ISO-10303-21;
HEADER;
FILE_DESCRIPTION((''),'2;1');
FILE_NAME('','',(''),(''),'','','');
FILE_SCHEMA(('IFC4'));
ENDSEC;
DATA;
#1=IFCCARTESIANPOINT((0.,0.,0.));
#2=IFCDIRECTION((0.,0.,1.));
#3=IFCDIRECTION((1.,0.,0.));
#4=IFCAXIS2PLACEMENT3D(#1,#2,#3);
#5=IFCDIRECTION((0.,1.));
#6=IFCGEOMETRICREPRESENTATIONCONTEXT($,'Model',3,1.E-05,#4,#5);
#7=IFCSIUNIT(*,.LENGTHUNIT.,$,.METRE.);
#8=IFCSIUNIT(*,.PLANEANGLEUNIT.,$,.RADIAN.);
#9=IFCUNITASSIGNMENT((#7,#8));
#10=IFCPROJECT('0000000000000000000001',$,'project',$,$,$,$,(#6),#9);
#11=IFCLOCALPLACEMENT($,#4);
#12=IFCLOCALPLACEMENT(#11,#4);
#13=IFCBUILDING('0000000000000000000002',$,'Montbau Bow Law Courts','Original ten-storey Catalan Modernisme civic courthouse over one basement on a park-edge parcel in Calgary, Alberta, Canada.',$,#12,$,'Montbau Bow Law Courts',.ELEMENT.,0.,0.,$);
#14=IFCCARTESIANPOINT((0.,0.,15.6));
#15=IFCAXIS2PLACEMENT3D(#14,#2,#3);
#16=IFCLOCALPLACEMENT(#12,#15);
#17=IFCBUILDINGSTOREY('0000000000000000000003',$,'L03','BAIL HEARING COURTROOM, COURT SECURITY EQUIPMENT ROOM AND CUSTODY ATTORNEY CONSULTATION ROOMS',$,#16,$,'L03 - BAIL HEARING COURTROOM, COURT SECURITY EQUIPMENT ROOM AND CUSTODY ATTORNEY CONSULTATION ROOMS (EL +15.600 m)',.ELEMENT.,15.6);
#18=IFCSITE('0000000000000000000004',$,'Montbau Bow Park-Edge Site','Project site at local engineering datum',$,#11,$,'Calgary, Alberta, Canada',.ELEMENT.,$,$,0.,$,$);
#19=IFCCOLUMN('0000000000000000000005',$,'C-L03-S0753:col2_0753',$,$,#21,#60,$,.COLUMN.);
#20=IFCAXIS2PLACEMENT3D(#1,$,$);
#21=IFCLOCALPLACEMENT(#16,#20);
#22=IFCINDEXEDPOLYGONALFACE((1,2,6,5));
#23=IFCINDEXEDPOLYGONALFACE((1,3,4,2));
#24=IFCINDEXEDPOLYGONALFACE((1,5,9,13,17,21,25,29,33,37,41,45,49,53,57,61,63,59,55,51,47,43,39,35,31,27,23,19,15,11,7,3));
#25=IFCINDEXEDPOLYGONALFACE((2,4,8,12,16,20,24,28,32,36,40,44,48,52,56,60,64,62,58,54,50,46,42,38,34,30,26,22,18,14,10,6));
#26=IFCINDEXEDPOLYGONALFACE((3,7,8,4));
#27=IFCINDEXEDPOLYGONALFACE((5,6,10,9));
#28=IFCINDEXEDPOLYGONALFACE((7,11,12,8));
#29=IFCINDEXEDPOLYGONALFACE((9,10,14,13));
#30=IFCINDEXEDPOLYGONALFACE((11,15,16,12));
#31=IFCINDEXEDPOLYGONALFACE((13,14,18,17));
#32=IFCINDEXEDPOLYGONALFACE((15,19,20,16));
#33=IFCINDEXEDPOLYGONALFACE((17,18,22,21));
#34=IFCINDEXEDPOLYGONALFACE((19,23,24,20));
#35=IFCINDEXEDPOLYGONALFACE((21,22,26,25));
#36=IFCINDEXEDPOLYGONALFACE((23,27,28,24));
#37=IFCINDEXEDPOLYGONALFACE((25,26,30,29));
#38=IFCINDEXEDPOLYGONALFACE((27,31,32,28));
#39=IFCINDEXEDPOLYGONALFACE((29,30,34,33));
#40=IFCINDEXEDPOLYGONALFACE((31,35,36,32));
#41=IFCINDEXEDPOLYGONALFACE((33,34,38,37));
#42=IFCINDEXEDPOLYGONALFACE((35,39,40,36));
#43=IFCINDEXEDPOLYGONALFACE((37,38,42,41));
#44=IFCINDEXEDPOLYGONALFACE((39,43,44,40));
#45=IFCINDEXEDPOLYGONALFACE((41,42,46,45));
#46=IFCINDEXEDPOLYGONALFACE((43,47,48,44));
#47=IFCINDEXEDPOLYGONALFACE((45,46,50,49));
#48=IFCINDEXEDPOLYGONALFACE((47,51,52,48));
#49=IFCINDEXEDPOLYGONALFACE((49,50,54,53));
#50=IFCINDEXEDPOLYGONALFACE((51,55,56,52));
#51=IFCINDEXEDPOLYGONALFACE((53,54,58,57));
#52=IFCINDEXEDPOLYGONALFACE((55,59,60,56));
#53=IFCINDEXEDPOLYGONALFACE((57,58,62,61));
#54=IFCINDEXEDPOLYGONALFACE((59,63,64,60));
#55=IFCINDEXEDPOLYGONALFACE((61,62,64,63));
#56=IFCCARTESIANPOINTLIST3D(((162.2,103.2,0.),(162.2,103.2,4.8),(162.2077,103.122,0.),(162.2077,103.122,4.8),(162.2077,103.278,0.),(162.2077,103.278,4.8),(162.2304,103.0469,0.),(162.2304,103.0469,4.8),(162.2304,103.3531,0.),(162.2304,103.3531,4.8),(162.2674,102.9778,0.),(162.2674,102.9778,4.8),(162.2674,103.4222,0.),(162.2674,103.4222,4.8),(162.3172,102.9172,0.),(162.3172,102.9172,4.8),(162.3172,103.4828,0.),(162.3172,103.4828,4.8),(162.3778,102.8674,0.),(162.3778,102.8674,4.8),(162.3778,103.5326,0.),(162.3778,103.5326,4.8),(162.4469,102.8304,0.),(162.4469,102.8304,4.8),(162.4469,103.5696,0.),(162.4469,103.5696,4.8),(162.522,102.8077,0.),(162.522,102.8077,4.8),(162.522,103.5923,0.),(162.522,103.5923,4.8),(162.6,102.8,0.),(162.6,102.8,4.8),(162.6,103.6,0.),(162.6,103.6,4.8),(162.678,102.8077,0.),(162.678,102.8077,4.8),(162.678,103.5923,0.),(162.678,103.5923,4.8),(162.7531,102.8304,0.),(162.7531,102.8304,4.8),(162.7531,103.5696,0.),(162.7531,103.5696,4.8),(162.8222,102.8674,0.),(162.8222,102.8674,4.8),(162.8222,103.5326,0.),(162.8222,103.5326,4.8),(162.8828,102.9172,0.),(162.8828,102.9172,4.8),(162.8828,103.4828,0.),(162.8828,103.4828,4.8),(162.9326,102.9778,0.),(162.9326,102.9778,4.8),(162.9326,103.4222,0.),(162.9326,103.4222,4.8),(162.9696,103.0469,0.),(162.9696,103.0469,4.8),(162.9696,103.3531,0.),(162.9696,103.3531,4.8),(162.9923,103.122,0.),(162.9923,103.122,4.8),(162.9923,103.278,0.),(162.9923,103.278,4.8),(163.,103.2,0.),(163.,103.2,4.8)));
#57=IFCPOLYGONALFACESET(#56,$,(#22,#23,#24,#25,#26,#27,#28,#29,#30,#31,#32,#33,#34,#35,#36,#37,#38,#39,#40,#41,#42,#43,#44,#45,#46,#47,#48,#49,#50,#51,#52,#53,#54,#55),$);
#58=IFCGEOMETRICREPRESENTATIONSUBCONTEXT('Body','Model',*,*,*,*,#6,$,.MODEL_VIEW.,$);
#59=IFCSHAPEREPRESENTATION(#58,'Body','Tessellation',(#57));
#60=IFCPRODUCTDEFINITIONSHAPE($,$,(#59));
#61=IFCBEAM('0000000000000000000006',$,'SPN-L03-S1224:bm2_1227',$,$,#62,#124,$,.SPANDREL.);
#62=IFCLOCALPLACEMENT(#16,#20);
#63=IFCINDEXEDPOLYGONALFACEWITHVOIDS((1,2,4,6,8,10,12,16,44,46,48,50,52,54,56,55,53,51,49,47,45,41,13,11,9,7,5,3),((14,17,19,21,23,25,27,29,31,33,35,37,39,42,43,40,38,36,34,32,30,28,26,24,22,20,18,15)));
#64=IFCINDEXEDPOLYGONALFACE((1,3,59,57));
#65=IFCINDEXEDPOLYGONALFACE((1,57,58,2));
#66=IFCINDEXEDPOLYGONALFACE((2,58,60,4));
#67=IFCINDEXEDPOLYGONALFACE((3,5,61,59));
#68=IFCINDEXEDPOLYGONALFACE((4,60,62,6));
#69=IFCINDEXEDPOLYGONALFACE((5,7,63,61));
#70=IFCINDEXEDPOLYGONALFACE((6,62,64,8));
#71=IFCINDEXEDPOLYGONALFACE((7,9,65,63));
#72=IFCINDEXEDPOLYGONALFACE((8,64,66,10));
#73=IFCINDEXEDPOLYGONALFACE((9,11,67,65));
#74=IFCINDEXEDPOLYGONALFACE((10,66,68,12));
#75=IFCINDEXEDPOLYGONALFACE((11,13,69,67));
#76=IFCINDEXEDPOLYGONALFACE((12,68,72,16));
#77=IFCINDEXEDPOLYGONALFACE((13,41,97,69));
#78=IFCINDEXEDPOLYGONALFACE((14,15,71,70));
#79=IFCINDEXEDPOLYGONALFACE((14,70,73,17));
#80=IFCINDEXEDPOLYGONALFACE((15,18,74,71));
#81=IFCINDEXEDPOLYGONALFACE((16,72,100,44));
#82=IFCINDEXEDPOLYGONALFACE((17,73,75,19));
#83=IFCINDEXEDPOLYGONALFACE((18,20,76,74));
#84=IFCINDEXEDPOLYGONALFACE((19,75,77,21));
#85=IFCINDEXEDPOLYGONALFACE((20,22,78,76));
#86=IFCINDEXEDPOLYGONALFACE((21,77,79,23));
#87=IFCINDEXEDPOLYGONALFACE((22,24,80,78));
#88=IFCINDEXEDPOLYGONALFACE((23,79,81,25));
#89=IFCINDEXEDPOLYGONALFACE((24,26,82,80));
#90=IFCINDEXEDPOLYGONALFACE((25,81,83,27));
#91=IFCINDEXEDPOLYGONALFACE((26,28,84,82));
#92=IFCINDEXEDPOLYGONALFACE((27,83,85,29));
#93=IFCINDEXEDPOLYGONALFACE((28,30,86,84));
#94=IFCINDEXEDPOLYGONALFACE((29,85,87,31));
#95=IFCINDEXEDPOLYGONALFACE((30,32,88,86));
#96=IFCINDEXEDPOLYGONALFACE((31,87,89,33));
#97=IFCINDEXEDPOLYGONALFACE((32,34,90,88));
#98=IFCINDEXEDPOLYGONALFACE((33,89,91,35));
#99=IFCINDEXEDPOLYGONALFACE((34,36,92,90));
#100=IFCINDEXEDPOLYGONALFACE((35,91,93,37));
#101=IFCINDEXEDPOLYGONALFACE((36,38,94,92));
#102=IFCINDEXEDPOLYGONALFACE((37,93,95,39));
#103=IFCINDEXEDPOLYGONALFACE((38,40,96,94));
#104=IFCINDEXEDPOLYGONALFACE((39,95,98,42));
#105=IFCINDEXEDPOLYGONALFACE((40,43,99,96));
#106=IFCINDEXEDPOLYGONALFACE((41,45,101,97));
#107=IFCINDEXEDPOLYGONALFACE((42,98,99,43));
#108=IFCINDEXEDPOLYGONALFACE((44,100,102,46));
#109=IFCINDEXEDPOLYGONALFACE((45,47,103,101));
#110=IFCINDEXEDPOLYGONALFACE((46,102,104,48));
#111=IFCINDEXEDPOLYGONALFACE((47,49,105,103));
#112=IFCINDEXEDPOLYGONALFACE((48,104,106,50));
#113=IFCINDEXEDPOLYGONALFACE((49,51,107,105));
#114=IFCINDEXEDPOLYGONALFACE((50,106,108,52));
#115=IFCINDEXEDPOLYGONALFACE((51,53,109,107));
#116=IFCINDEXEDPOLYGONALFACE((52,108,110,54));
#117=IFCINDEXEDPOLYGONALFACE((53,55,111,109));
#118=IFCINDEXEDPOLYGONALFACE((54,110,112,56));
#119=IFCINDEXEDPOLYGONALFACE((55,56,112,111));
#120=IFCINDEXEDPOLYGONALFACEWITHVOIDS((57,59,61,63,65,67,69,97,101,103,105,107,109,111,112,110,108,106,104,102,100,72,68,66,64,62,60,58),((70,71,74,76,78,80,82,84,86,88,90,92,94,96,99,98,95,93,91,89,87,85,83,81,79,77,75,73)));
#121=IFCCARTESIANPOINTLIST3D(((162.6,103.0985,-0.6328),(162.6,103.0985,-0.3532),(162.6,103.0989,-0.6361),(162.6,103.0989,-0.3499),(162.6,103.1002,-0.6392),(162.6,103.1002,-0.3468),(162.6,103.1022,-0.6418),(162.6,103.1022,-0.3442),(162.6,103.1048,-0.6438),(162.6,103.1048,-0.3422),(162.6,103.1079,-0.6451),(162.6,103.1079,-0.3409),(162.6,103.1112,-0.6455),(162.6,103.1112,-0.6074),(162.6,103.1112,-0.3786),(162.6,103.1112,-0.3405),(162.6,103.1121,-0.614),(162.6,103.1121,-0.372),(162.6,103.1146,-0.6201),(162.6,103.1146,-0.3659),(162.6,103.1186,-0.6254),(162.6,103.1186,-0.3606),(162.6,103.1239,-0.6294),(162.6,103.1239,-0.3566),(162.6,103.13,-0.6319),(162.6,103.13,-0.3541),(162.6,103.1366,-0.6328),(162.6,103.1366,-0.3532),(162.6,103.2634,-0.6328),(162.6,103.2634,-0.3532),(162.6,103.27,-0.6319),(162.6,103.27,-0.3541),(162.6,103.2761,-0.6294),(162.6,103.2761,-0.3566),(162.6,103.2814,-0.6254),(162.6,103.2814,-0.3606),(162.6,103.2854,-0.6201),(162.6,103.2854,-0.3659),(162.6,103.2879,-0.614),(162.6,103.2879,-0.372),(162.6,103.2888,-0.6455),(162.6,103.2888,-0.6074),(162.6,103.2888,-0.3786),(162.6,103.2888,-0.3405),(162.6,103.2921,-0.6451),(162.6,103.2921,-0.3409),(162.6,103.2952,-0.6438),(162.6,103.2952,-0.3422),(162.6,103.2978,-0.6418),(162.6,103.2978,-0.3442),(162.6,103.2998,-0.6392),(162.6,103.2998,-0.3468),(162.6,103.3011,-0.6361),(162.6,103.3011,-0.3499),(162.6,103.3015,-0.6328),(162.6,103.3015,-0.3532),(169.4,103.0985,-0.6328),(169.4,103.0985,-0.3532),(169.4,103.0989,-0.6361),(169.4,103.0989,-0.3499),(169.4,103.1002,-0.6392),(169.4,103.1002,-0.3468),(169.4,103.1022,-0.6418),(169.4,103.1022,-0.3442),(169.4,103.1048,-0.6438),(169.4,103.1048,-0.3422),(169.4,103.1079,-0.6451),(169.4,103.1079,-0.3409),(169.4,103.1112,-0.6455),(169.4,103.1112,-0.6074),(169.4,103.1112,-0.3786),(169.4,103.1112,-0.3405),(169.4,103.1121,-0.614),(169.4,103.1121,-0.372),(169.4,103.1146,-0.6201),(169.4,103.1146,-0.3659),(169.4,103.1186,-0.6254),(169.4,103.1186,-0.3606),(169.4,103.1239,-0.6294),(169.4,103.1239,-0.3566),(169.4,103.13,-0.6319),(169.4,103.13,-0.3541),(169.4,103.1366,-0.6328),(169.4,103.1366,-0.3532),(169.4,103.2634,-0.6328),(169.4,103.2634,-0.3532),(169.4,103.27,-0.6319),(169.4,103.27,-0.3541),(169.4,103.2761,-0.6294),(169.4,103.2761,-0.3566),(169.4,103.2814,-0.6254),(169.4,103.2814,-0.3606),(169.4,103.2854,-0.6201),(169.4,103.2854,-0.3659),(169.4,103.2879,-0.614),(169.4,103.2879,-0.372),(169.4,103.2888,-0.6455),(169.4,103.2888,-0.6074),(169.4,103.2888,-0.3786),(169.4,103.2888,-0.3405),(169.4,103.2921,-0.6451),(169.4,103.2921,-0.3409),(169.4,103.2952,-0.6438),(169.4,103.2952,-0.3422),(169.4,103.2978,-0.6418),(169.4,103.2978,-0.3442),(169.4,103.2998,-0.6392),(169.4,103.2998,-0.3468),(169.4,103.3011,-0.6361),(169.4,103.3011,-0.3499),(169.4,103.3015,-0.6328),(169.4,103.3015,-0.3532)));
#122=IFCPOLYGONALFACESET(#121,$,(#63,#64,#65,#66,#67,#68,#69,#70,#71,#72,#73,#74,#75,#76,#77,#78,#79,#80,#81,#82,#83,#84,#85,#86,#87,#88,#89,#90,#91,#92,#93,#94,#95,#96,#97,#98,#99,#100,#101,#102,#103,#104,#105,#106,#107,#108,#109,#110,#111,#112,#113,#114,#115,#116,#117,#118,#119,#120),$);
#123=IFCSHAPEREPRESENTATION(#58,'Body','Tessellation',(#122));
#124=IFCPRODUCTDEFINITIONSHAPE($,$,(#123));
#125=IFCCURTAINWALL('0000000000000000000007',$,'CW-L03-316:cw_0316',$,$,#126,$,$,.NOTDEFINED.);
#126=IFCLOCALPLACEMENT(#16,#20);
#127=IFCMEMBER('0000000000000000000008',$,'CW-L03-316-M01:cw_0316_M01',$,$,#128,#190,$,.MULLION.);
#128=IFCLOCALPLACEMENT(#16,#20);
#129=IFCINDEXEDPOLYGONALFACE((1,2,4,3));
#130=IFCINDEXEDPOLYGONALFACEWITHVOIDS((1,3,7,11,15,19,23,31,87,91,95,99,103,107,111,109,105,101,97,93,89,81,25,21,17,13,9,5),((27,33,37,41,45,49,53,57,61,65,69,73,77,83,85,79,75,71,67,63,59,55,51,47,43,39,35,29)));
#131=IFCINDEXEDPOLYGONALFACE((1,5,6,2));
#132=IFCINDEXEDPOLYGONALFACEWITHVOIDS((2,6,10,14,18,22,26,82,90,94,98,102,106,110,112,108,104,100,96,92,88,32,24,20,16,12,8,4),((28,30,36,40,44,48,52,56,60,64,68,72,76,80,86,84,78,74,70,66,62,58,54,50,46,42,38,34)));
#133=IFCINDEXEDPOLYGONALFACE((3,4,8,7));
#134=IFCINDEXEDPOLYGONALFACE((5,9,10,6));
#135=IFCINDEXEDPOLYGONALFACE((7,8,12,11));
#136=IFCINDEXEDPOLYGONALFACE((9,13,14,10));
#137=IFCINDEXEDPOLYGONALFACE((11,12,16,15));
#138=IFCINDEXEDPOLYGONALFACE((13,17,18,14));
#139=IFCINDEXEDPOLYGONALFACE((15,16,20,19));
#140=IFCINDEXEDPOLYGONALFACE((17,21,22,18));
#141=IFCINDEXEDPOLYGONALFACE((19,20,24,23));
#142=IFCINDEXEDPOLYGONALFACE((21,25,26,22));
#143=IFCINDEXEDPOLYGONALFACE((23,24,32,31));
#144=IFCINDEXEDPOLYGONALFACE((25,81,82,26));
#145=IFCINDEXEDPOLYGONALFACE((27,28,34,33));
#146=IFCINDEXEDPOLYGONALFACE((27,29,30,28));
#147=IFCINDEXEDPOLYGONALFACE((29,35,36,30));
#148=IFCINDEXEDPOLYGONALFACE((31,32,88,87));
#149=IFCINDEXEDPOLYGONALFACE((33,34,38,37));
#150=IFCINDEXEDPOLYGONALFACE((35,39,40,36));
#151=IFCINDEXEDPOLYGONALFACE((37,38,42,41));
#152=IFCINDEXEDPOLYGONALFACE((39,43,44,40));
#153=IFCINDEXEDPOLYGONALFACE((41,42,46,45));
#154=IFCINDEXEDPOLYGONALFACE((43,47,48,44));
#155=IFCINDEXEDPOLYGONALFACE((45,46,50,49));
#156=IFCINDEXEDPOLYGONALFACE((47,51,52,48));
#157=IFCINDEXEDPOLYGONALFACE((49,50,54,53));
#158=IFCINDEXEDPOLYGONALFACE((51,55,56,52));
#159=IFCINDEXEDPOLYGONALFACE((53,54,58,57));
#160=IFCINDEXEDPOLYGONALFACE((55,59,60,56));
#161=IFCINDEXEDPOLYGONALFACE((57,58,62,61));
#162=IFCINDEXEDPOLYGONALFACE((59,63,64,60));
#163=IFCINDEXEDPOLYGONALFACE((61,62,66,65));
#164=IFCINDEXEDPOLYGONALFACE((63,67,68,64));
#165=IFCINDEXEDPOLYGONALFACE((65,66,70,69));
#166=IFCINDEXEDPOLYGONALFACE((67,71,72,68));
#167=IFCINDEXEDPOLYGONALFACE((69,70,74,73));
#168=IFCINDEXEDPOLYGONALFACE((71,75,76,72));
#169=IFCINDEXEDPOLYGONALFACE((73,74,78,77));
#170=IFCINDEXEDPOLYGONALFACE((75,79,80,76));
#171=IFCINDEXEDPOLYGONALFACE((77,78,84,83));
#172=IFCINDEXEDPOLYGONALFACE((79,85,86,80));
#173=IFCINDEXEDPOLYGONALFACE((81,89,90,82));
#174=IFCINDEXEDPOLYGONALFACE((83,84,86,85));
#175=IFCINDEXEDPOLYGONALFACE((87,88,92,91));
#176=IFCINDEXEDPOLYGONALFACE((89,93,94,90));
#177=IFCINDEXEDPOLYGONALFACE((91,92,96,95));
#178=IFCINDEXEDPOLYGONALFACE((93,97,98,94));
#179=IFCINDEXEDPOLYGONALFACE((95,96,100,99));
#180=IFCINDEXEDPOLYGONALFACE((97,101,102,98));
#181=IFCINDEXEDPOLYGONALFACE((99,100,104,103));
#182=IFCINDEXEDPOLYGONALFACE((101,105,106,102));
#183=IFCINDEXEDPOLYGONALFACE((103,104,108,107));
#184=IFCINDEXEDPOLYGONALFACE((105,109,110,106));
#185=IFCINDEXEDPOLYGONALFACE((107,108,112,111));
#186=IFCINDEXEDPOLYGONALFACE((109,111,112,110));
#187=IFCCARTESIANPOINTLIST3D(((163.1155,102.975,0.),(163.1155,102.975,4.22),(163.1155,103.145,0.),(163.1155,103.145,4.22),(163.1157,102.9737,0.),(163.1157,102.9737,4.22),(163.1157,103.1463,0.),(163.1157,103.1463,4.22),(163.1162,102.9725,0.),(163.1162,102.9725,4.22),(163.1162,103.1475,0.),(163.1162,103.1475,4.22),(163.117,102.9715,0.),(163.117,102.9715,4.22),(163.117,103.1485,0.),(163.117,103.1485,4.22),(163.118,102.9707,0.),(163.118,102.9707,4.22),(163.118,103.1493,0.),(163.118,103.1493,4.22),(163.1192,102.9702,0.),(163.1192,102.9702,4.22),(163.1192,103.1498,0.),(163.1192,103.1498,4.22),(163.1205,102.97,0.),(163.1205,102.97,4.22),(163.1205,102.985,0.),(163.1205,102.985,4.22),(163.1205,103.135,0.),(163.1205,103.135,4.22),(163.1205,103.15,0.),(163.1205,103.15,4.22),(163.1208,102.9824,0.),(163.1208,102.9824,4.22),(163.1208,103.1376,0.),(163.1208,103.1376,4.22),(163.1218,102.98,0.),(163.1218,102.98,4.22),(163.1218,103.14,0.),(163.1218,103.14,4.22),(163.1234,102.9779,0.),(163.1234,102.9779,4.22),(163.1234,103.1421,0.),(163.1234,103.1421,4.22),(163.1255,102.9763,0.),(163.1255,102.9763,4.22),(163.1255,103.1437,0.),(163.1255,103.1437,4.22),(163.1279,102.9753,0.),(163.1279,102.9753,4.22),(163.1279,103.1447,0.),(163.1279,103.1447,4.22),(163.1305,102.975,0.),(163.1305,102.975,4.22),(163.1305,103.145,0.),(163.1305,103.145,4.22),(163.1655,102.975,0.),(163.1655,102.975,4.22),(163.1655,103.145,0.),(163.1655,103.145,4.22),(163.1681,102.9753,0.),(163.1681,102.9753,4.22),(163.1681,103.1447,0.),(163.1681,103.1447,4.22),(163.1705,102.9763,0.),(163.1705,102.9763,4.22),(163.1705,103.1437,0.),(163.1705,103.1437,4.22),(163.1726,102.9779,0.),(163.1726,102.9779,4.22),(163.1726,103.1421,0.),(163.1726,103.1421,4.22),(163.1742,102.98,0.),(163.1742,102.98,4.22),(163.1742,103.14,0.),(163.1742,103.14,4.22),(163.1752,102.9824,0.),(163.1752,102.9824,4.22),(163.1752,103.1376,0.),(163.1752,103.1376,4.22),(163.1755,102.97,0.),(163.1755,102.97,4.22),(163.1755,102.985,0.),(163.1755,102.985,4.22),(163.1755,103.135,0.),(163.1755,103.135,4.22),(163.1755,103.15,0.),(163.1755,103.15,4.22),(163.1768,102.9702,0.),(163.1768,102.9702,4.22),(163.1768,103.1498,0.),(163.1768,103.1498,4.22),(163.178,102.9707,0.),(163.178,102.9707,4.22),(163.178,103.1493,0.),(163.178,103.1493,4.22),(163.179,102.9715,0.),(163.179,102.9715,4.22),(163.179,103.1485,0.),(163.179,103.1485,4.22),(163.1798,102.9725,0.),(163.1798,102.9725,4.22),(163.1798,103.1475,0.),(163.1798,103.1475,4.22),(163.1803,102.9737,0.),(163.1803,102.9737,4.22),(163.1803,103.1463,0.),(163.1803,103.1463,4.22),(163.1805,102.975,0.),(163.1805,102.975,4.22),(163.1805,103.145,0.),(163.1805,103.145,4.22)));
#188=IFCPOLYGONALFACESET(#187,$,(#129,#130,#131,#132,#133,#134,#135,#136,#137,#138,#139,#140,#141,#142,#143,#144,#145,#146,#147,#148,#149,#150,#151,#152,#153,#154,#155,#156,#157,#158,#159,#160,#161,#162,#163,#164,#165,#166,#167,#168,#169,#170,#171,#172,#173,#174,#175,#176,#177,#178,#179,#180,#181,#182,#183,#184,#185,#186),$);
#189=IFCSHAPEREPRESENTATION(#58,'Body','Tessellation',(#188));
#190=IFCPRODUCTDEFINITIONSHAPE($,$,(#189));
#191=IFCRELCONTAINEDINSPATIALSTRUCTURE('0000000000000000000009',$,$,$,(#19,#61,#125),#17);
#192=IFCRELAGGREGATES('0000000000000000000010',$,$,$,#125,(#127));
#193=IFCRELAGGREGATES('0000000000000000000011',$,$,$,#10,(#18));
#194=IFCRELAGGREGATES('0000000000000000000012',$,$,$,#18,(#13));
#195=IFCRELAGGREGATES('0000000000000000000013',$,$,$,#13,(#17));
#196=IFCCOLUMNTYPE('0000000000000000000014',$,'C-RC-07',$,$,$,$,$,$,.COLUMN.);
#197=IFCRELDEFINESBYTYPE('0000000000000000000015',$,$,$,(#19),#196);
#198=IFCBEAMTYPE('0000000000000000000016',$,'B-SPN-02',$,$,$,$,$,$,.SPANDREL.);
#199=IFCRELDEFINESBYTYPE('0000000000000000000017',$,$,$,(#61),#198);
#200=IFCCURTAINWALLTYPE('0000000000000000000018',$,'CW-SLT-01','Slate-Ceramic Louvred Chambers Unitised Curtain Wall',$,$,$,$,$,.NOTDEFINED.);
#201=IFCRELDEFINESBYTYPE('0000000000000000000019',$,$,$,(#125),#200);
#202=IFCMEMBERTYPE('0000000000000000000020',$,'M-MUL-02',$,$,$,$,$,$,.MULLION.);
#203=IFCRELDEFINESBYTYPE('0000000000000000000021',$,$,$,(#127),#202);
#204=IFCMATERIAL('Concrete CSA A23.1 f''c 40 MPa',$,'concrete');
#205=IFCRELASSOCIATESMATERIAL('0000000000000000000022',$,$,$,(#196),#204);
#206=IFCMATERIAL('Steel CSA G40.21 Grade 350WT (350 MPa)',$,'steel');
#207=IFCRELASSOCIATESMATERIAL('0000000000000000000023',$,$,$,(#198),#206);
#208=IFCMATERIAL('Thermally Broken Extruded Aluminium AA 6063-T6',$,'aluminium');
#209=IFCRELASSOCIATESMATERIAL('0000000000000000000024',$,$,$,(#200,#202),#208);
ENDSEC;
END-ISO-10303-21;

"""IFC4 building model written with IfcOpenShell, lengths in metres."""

from ifc_helpers import new_model, si_unit, direction, frame, origin_with_axes, origin_2d_with_axis, place, context, subcontext, project, spatial, hollow_rectangle, circle, extrude, material, material_profile, profile_set, type_object, element, aggregate, save


model = new_model("IFC4")

# Units and contexts
model_context = context("Model", 3, precision=1e-05, world=origin_with_axes(), true_north=direction((0.0, 1.0)))
body_context = subcontext(model_context, "Body", "Model", "MODEL_VIEW")
ifc_project = project(units=[si_unit("LENGTHUNIT", "METRE"), si_unit("PLANEANGLEUNIT", "RADIAN")], contexts=[model_context])

# Site, building, storey
site_placement = place(None, origin_with_axes())
site = spatial("IfcSite", under=ifc_project, at=site_placement, Name="Montbau Bow Park-Edge Site", Description="Project site at local engineering datum", LongName="Calgary, Alberta, Canada", CompositionType="ELEMENT", RefElevation=0.0)
building_placement = place(site_placement, origin_with_axes())
building = spatial("IfcBuilding", under=site, at=building_placement, Name="Montbau Bow Law Courts", Description="Original ten-storey Catalan Modernisme civic courthouse over one basement on a park-edge parcel in Calgary, Alberta, Canada.", LongName="Montbau Bow Law Courts", CompositionType="ELEMENT", ElevationOfRefHeight=0.0, ElevationOfTerrain=0.0)
storey_placement = place(building_placement, frame((0.0, 0.0, 15.6), z_axis=(0.0, 0.0, 1.0), x_axis=(1.0, 0.0, 0.0)))
storey = spatial("IfcBuildingStorey", under=building, at=storey_placement, Name="L03", Description="BAIL HEARING COURTROOM, COURT SECURITY EQUIPMENT ROOM AND CUSTODY ATTORNEY CONSULTATION ROOMS", LongName="L03 - BAIL HEARING COURTROOM, COURT SECURITY EQUIPMENT ROOM AND CUSTODY ATTORNEY CONSULTATION ROOMS (EL +15.600 m)", CompositionType="ELEMENT", Elevation=15.6)

# Column
ifc_material_1 = material(Name="Concrete CSA A23.1 f'c 40 MPa", Category="concrete")
ifc_material_profile_1 = material_profile(ifc_material_1, circle(Radius=0.4, at=origin_2d_with_axis()), Name="RC800D", Category="Main", Priority=0)
ifc_profile_set_1 = profile_set([ifc_material_profile_1], Name="Concrete CSA A23.1 f'c 40 MPa")
column_type = type_object("IfcColumnType", Name="C-RC-07", PredefinedType="COLUMN", material=ifc_profile_set_1)
column_placement = place(None, frame((162.6, 103.2, 15.6), z_axis=(0.0, 0.0, 1.0), x_axis=(1.0, 0.0, 0.0)))
element("IfcColumn", 1, at=column_placement, inside=storey, type_object=column_type, Name="C-L03-S0753:col2_0753", PredefinedType="COLUMN", context=body_context, shape_type="SweptSolid", body=[
    extrude(circle(Radius=0.4, at=origin_2d_with_axis()), origin_with_axes(), (0.0, 0.0, 1.0), 4.8),
])

# Beam
ifc_material_2 = material(Name="Steel CSA G40.21 Grade 350WT (350 MPa)", Category="steel")
ifc_material_profile_2 = material_profile(ifc_material_2, hollow_rectangle(XDim=0.203, YDim=0.305, WallThickness=0.0127, InnerFilletRadius=0.0254, OuterFilletRadius=0.0127, at=origin_2d_with_axis()), Name="HSS305X203X13", Category="Main", Priority=0)
ifc_profile_set_2 = profile_set([ifc_material_profile_2], Name="Steel CSA G40.21 Grade 350WT (350 MPa)")
beam_type = type_object("IfcBeamType", Name="B-SPN-02", PredefinedType="SPANDREL", material=ifc_profile_set_2)
beam_placement = place(None, frame((162.6, 103.2, 15.107), z_axis=(1.0, 0.0, 0.0), x_axis=(0.0, 1.0, 0.0)))
element("IfcBeam", 2, at=beam_placement, inside=storey, type_object=beam_type, Name="SPN-L03-S1224:bm2_1227", PredefinedType="SPANDREL", context=body_context, shape_type="SweptSolid", body=[
    extrude(hollow_rectangle(XDim=0.203, YDim=0.305, WallThickness=0.0127, InnerFilletRadius=0.0254, OuterFilletRadius=0.0127, at=origin_2d_with_axis()), origin_with_axes(), (0.0, 0.0, 1.0), 6.8),
])

# Curtain wall, member
ifc_material_3 = material(Name="Thermally Broken Extruded Aluminium AA 6063-T6", Category="aluminium")
curtain_wall_type = type_object("IfcCurtainWallType", Name="CW-SLT-01", Description="Slate-Ceramic Louvred Chambers Unitised Curtain Wall", PredefinedType="NOTDEFINED", material=ifc_material_3)
curtain_wall_placement = place(None, frame((163.115, 103.06, 15.6), z_axis=(0.0, 0.0, 1.0), x_axis=(1.0, 0.0, 0.0)))
curtain_wall = element("IfcCurtainWall", 3, at=curtain_wall_placement, inside=storey, type_object=curtain_wall_type, Name="CW-L03-316:cw_0316", PredefinedType="NOTDEFINED")
ifc_material_profile_3 = material_profile(ifc_material_3, hollow_rectangle(XDim=0.065, YDim=0.18, WallThickness=0.005, InnerFilletRadius=0.01, OuterFilletRadius=0.005, at=origin_2d_with_axis()), Name="CWM-180X65", Category="Main", Priority=0)
ifc_profile_set_3 = profile_set([ifc_material_profile_3], Name="Thermally Broken Extruded Aluminium AA 6063-T6")
member_type_1 = type_object("IfcMemberType", Name="M-MUL-02", PredefinedType="MULLION", material=ifc_profile_set_3)
member_1_placement = place(None, frame((163.148, 103.06, 15.6), z_axis=(0.0, 0.0, 1.0), x_axis=(1.0, 0.0, 0.0)))
member_1 = element("IfcMember", 4, at=member_1_placement, type_object=member_type_1, Name="CW-L03-316-M01:cw_0316_M01", PredefinedType="MULLION", context=body_context, shape_type="SweptSolid", body=[
    extrude(hollow_rectangle(XDim=0.065, YDim=0.18, WallThickness=0.005, InnerFilletRadius=0.01, OuterFilletRadius=0.005, at=origin_2d_with_axis()), origin_with_axes(), (0.0, 0.0, 1.0), 4.22),
])
aggregate(curtain_wall, [member_1])

save(model, "model.ifc")
